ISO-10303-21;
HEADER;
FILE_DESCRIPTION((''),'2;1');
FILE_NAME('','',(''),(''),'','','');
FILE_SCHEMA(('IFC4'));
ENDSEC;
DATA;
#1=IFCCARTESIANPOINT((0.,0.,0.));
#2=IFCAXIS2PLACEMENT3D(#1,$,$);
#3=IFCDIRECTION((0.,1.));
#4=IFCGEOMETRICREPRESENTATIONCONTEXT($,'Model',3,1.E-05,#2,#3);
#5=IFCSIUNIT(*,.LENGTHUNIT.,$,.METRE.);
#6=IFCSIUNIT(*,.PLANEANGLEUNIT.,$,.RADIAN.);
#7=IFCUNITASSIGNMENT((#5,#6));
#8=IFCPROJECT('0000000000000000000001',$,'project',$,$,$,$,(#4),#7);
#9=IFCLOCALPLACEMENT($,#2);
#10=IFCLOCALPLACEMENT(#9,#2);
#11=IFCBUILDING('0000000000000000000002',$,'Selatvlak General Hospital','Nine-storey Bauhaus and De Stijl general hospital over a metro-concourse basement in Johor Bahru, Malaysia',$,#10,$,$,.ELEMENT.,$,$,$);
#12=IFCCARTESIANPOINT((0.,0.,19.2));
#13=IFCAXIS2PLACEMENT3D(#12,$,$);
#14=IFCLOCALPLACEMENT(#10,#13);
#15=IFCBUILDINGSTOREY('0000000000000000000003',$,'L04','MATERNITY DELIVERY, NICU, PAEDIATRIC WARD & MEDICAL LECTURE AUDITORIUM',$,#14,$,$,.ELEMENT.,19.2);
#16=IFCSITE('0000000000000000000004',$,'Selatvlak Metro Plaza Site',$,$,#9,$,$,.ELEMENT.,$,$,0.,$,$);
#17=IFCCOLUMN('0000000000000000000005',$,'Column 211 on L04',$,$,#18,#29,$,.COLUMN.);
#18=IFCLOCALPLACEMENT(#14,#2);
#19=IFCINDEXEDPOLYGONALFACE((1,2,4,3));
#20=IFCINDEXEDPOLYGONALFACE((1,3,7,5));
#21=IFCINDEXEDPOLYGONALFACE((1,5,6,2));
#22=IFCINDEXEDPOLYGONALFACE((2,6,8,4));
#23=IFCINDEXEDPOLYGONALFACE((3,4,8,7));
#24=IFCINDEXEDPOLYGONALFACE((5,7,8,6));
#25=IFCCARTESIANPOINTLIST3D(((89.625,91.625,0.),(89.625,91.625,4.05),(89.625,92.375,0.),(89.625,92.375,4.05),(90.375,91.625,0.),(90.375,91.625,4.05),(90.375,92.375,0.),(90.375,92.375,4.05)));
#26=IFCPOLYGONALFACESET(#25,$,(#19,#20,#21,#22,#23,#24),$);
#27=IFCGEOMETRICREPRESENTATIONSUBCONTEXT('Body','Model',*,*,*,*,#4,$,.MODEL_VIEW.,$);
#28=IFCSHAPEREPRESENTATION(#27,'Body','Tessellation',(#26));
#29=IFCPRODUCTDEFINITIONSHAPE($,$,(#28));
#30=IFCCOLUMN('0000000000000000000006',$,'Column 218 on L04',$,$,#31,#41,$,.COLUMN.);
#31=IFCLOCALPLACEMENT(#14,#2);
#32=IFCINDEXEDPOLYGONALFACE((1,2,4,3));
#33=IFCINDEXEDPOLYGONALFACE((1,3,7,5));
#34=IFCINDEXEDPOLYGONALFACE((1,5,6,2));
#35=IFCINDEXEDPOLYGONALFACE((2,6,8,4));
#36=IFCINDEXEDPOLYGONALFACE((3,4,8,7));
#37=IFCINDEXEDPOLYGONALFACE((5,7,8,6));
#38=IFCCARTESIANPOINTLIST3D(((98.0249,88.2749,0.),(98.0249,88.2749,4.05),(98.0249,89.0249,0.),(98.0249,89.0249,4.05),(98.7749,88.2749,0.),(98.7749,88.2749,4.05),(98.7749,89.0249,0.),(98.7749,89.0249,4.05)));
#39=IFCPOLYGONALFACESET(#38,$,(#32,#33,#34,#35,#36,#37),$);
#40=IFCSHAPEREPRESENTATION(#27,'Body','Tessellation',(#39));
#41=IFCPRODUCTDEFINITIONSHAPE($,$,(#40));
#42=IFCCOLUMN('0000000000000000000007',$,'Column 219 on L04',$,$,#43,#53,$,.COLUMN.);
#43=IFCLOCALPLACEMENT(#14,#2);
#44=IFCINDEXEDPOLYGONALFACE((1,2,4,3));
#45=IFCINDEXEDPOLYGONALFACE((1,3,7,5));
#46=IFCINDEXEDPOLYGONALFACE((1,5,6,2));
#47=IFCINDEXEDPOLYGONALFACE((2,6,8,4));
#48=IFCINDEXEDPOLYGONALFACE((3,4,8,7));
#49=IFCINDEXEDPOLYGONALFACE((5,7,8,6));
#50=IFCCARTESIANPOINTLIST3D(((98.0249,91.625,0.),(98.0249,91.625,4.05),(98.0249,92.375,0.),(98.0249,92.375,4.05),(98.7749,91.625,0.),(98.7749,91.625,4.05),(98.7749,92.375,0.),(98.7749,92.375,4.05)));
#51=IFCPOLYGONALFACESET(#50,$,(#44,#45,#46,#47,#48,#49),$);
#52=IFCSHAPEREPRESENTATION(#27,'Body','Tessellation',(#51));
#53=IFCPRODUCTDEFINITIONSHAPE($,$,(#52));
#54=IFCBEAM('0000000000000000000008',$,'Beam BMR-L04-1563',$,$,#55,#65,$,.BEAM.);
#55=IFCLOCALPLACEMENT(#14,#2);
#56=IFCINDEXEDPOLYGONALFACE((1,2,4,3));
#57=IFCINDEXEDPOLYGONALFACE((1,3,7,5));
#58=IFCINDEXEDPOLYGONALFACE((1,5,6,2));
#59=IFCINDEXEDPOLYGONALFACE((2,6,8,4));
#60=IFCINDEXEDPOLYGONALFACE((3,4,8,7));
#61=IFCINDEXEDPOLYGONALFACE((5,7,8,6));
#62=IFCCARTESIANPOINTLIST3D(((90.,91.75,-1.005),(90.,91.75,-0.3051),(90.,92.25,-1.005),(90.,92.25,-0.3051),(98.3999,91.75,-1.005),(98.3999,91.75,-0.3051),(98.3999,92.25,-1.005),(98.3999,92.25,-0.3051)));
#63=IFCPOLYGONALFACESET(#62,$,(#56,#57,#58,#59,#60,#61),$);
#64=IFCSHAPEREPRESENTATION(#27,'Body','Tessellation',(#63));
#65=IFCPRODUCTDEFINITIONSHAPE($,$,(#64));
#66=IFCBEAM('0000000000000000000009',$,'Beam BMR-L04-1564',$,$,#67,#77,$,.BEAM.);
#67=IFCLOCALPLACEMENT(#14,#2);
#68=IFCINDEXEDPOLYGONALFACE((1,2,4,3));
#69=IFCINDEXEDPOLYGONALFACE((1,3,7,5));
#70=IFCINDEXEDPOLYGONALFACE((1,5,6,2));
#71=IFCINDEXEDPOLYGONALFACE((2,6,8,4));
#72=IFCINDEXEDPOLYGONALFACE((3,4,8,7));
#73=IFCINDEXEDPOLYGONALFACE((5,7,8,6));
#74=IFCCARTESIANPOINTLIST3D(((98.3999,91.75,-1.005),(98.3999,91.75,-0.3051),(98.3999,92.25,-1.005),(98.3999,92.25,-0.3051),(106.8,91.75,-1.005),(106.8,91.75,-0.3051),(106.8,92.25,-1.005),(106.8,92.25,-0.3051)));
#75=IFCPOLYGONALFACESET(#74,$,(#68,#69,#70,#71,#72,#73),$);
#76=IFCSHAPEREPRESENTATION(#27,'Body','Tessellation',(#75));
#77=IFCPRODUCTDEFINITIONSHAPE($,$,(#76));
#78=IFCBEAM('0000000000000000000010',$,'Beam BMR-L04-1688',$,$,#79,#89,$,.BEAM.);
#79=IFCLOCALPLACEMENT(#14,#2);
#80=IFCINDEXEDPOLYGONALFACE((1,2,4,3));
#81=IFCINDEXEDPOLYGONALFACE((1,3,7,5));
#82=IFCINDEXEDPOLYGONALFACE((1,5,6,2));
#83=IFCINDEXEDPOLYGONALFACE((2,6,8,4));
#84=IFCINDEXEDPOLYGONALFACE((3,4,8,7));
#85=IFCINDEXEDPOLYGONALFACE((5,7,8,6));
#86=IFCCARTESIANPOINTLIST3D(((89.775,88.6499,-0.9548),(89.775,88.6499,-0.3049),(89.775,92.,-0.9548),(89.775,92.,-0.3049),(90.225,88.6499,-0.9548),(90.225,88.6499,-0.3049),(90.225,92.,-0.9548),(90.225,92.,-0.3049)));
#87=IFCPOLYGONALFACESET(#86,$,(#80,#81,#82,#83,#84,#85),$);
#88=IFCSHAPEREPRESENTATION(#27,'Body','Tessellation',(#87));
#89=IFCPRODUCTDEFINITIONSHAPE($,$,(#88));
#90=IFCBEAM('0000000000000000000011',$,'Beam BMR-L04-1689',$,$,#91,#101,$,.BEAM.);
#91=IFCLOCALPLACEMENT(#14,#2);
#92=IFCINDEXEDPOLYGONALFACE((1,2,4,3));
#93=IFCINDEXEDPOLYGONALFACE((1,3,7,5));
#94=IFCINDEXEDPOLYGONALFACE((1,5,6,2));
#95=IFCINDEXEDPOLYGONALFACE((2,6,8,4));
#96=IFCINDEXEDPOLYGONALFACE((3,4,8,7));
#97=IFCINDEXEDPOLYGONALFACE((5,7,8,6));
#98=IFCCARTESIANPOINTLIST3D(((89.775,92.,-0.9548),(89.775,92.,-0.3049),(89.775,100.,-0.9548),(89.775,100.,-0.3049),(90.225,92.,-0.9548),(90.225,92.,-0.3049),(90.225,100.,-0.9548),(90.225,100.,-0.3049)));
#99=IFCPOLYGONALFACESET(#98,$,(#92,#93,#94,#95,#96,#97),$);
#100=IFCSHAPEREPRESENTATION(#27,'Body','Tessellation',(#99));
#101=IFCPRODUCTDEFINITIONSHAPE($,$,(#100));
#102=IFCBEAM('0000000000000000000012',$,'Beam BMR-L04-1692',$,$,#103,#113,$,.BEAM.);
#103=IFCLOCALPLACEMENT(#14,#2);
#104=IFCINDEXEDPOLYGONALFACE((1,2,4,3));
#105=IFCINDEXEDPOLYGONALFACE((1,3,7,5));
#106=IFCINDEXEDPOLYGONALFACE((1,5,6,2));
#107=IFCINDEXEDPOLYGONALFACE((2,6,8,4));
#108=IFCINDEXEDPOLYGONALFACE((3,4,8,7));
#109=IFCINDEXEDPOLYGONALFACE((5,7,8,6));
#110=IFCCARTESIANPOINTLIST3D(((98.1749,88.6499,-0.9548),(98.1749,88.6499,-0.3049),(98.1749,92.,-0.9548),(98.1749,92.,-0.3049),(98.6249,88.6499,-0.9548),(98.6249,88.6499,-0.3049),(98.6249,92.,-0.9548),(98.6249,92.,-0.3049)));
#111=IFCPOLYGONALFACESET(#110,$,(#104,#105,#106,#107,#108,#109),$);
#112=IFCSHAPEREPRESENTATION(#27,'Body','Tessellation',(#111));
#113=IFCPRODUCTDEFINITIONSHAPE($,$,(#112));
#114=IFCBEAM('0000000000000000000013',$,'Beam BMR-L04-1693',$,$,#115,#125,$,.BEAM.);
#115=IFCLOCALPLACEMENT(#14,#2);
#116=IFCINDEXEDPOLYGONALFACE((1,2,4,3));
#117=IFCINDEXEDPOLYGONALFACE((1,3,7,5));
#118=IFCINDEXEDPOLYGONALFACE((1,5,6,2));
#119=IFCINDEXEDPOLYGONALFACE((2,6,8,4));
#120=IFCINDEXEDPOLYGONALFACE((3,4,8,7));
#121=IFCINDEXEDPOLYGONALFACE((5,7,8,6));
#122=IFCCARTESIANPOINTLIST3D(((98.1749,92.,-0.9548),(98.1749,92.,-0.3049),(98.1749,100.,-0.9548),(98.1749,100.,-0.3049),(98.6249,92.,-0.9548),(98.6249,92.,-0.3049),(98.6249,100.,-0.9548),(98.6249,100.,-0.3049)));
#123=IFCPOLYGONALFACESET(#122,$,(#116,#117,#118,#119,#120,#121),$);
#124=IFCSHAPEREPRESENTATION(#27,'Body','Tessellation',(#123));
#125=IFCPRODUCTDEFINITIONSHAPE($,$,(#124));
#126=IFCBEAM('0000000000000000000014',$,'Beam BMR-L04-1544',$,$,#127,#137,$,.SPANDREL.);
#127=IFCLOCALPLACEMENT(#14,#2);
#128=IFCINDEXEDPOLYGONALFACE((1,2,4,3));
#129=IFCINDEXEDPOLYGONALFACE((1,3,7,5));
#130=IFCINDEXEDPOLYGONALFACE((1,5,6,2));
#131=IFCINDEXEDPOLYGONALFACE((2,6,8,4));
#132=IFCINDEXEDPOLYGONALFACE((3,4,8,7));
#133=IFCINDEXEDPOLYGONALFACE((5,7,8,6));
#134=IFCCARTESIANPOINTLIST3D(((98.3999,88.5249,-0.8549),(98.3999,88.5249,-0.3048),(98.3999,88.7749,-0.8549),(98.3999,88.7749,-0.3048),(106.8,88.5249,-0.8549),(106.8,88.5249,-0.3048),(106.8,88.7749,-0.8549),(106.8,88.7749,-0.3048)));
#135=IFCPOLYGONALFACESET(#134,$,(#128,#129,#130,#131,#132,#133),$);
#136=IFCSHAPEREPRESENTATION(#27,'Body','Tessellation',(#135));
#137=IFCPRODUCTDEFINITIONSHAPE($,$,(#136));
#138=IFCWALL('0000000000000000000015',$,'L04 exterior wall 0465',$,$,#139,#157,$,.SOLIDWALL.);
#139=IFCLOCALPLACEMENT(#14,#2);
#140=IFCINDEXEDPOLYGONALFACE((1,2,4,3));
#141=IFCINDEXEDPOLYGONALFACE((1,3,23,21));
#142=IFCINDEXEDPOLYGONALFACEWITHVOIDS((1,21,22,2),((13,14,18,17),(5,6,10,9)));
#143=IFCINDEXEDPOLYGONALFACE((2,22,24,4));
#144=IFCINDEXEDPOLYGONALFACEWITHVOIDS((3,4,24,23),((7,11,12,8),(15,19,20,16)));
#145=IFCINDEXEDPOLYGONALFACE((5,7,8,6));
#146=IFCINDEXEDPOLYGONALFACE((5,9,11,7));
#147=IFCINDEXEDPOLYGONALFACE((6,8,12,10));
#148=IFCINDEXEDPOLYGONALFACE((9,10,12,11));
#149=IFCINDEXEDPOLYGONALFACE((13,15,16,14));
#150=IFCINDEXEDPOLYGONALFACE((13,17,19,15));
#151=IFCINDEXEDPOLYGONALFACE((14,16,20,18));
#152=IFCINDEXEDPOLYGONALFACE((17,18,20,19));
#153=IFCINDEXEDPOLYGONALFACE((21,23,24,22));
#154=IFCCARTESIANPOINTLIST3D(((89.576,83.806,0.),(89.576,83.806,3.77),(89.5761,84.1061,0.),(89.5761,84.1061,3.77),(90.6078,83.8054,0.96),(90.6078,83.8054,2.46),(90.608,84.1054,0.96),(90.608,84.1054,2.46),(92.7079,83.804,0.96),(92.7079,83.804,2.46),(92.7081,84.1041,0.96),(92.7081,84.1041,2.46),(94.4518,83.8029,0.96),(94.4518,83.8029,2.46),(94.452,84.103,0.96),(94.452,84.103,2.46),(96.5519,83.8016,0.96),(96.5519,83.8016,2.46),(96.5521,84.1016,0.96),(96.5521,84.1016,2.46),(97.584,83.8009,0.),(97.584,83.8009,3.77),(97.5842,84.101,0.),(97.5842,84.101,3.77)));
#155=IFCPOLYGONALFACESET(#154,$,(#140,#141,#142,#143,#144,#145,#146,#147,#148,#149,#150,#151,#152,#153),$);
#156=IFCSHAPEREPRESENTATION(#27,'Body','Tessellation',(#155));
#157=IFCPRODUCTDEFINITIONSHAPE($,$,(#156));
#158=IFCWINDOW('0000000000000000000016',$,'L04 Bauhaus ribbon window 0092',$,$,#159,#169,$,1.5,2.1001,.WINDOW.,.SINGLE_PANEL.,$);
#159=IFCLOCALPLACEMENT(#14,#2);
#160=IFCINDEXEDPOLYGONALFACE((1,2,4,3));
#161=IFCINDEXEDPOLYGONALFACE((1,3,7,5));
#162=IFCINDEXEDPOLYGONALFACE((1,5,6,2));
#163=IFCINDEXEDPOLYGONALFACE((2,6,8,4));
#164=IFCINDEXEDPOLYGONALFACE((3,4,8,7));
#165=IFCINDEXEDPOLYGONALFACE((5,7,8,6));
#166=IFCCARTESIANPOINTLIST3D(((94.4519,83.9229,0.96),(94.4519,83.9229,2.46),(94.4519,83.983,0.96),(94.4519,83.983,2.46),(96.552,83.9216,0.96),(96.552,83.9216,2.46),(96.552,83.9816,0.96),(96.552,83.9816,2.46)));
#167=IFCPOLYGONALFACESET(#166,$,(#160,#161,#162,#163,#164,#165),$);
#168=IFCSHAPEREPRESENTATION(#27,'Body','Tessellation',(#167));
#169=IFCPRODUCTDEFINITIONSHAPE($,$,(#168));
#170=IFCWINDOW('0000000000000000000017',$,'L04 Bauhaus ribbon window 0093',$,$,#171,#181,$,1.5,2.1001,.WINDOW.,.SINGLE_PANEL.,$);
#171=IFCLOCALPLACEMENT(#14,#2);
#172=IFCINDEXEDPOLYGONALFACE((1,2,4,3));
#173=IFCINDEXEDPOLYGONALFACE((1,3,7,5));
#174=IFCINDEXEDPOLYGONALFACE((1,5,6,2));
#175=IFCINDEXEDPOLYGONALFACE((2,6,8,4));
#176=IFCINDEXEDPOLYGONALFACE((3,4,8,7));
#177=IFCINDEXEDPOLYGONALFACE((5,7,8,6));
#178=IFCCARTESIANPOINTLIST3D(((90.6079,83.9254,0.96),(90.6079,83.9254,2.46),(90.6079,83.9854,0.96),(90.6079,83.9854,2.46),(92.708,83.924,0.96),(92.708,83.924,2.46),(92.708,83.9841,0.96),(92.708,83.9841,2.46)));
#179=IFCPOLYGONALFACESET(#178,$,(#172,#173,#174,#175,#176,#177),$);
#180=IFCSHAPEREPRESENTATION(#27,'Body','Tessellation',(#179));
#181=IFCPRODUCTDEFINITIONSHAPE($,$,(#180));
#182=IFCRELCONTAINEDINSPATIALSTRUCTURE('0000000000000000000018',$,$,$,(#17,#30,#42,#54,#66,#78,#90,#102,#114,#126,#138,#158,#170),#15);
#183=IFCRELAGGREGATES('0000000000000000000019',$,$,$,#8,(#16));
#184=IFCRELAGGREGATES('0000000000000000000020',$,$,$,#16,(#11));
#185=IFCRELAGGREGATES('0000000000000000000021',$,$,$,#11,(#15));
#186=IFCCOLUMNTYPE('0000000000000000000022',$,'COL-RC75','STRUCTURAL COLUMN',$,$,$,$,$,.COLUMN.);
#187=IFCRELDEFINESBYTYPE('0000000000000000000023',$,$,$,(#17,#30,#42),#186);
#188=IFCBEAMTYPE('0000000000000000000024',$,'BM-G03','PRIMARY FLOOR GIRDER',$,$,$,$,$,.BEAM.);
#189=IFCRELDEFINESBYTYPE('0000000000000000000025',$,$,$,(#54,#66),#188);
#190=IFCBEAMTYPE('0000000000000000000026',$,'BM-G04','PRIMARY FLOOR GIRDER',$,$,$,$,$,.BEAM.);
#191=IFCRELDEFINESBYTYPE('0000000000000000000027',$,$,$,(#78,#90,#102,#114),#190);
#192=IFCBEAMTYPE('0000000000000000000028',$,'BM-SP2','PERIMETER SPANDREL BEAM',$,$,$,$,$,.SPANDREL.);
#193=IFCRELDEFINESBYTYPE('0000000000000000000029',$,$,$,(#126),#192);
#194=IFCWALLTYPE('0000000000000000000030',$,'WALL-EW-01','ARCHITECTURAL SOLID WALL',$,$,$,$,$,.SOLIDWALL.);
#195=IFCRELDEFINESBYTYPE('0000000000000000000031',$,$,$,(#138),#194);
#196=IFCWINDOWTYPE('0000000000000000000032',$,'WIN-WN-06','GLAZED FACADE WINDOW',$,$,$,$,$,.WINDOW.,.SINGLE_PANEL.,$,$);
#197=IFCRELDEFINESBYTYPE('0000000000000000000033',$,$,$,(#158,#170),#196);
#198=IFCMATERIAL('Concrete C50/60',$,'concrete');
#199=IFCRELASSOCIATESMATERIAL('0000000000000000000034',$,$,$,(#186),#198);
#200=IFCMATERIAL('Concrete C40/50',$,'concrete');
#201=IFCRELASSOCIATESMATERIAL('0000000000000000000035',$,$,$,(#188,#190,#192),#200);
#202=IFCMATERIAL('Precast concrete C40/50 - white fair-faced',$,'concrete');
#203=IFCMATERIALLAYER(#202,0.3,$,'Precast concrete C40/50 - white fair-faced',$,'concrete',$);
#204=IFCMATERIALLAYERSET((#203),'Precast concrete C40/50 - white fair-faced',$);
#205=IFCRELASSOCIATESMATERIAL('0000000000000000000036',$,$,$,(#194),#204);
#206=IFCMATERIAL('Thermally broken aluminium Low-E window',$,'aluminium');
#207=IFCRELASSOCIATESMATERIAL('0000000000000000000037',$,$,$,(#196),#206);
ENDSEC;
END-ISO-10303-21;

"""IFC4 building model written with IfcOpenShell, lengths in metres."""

from ifc_helpers import new_model, si_unit, direction, frame, frame_2d, origin, origin_2d, place, context, subcontext, project, spatial, rectangle, extrude, material, layer, layer_set, material_profile, profile_set, type_object, element, fill, save


model = new_model("IFC4")

# Units and contexts
model_context = context("Model", 3, precision=1e-05, world=origin(), true_north=direction((0.0, 1.0)))
body_context = subcontext(model_context, "Body", "Model", "MODEL_VIEW")
ifc_project = project(units=[si_unit("LENGTHUNIT", "METRE"), si_unit("PLANEANGLEUNIT", "RADIAN")], contexts=[model_context])

# Site, building, storey
site_placement = place(None, origin())
site = spatial("IfcSite", under=ifc_project, at=site_placement, Name="Selatvlak Metro Plaza Site", CompositionType="ELEMENT", RefElevation=0.0)
building_placement = place(site_placement, origin())
building = spatial("IfcBuilding", under=site, at=building_placement, Name="Selatvlak General Hospital", Description="Nine-storey Bauhaus and De Stijl general hospital over a metro-concourse basement in Johor Bahru, Malaysia", CompositionType="ELEMENT")
storey_placement = place(building_placement, frame((0.0, 0.0, 19.2)))
storey = spatial("IfcBuildingStorey", under=building, at=storey_placement, Name="L04", Description="MATERNITY DELIVERY, NICU, PAEDIATRIC WARD & MEDICAL LECTURE AUDITORIUM", CompositionType="ELEMENT", Elevation=19.2)

# Columns
ifc_material_1 = material(Name="Concrete C50/60", Category="concrete")
ifc_material_profile_1 = material_profile(ifc_material_1, rectangle(XDim=0.75, YDim=0.75, at=origin_2d()), Name="RC-COL 750x750")
ifc_profile_set_1 = profile_set([ifc_material_profile_1], Name="Concrete C50/60")
column_type = type_object("IfcColumnType", Name="COL-RC75", Description="STRUCTURAL COLUMN", PredefinedType="COLUMN", material=ifc_profile_set_1)
for number, where, z_axis, x_axis, name in (
    (1, (90.0, 92.0, 0.0), (0.0, 0.0, 1.0), (1.0, 0.0, 0.0), "Column 211 on L04"),
    (2, (98.3999, 88.6499, 0.0), (0.0, 0.0, 1.0), (1.0, 0.0, 0.0), "Column 218 on L04"),
    (3, (98.3999, 92.0, 0.0), (0.0, 0.0, 1.0), (1.0, 0.0, 0.0), "Column 219 on L04"),
):
    element("IfcColumn", number, at=place(storey_placement, frame(where, z_axis=z_axis, x_axis=x_axis)), inside=storey, type_object=column_type, Name=name, PredefinedType="COLUMN", context=body_context, shape_type="SweptSolid", body=[
        extrude(rectangle(XDim=0.75, YDim=0.75, at=origin_2d()), origin(), (0.0, 0.0, 1.0), 4.05),
    ])

# Beams
ifc_material_2 = material(Name="Concrete C40/50", Category="concrete")
ifc_material_profile_2 = material_profile(ifc_material_2, rectangle(XDim=0.5, YDim=0.7, at=origin_2d()), Name="RC-BM 500x700")
ifc_profile_set_2 = profile_set([ifc_material_profile_2], Name="Concrete C40/50")
beam_type_1 = type_object("IfcBeamType", Name="BM-G03", Description="PRIMARY FLOOR GIRDER", PredefinedType="BEAM", material=ifc_profile_set_2)
beam_1_placement = place(storey_placement, frame((90.0, 92.0, -0.655), z_axis=(1.0, 0.0, 0.0), x_axis=(0.0, 1.0, 0.0)))
element("IfcBeam", 4, at=beam_1_placement, inside=storey, type_object=beam_type_1, Name="Beam BMR-L04-1563", PredefinedType="BEAM", context=body_context, shape_type="SweptSolid", body=[
    extrude(rectangle(XDim=0.5, YDim=0.7, at=origin_2d()), origin(), (0.0, 0.0, 1.0), 8.3999),
])
beam_2_placement = place(storey_placement, frame((98.3999, 92.0, -0.655), z_axis=(1.0, 0.0, 0.0), x_axis=(0.0, 1.0, 0.0)))
element("IfcBeam", 5, at=beam_2_placement, inside=storey, type_object=beam_type_1, Name="Beam BMR-L04-1564", PredefinedType="BEAM", context=body_context, shape_type="SweptSolid", body=[
    extrude(rectangle(XDim=0.5, YDim=0.7, at=origin_2d()), origin(), (0.0, 0.0, 1.0), 8.4001),
])
ifc_material_profile_3 = material_profile(ifc_material_2, rectangle(XDim=0.45, YDim=0.6499, at=origin_2d()), Name="RC-BM 450x650")
ifc_profile_set_3 = profile_set([ifc_material_profile_3], Name="Concrete C40/50")
beam_type_2 = type_object("IfcBeamType", Name="BM-G04", Description="PRIMARY FLOOR GIRDER", PredefinedType="BEAM", material=ifc_profile_set_3)
beam_3_placement = place(storey_placement, frame((90.0, 88.6499, -0.6299), z_axis=(0.0, 1.0, 0.0), x_axis=(-1.0, 0.0, 0.0)))
element("IfcBeam", 6, at=beam_3_placement, inside=storey, type_object=beam_type_2, Name="Beam BMR-L04-1688", PredefinedType="BEAM", context=body_context, shape_type="SweptSolid", body=[
    extrude(rectangle(XDim=0.45, YDim=0.6499, at=origin_2d()), origin(), (0.0, 0.0, 1.0), 3.3501),
])
beam_4_placement = place(storey_placement, frame((90.0, 92.0, -0.6299), z_axis=(0.0, 1.0, 0.0), x_axis=(-1.0, 0.0, 0.0)))
element("IfcBeam", 7, at=beam_4_placement, inside=storey, type_object=beam_type_2, Name="Beam BMR-L04-1689", PredefinedType="BEAM", context=body_context, shape_type="SweptSolid", body=[
    extrude(rectangle(XDim=0.45, YDim=0.6499, at=origin_2d()), origin(), (0.0, 0.0, 1.0), 8.0),
])
beam_5_placement = place(storey_placement, frame((98.3999, 88.6499, -0.6299), z_axis=(0.0, 1.0, 0.0), x_axis=(-1.0, 0.0, 0.0)))
element("IfcBeam", 8, at=beam_5_placement, inside=storey, type_object=beam_type_2, Name="Beam BMR-L04-1692", PredefinedType="BEAM", context=body_context, shape_type="SweptSolid", body=[
    extrude(rectangle(XDim=0.45, YDim=0.6499, at=origin_2d()), origin(), (0.0, 0.0, 1.0), 3.3501),
])
beam_6_placement = place(storey_placement, frame((98.3999, 92.0, -0.6299), z_axis=(0.0, 1.0, 0.0), x_axis=(-1.0, 0.0, 0.0)))
element("IfcBeam", 9, at=beam_6_placement, inside=storey, type_object=beam_type_2, Name="Beam BMR-L04-1693", PredefinedType="BEAM", context=body_context, shape_type="SweptSolid", body=[
    extrude(rectangle(XDim=0.45, YDim=0.6499, at=origin_2d()), origin(), (0.0, 0.0, 1.0), 8.0),
])
ifc_material_profile_4 = material_profile(ifc_material_2, rectangle(XDim=0.25, YDim=0.55, at=origin_2d()), Name="RC-SP 250x550")
ifc_profile_set_4 = profile_set([ifc_material_profile_4], Name="Concrete C40/50")
beam_type_3 = type_object("IfcBeamType", Name="BM-SP2", Description="PERIMETER SPANDREL BEAM", PredefinedType="SPANDREL", material=ifc_profile_set_4)
beam_7_placement = place(storey_placement, frame((98.3999, 88.6499, -0.5798), z_axis=(1.0, 0.0, 0.0), x_axis=(0.0, 1.0, 0.0)))
element("IfcBeam", 10, at=beam_7_placement, inside=storey, type_object=beam_type_3, Name="Beam BMR-L04-1544", PredefinedType="SPANDREL", context=body_context, shape_type="SweptSolid", body=[
    extrude(rectangle(XDim=0.25, YDim=0.55, at=origin_2d()), origin(), (0.0, 0.0, 1.0), 8.4001),
])

# Wall, openings, windows
ifc_material_3 = material(Name="Precast concrete C40/50 - white fair-faced", Category="concrete")
ifc_layer_1 = layer(ifc_material_3, 0.3, Name="Precast concrete C40/50 - white fair-faced", Category="concrete")
ifc_layer_set_1 = layer_set([ifc_layer_1], Name="Precast concrete C40/50 - white fair-faced")
wall_type_1 = type_object("IfcWallType", Name="WALL-EW-01", Description="ARCHITECTURAL SOLID WALL", PredefinedType="SOLIDWALL", material=ifc_layer_set_1)
wall_1_placement = place(storey_placement, frame((97.584, 83.9509, 0.0), z_axis=(0.0, 0.0, 1.0), x_axis=(-1.0, 0.00064, 0.0)))
wall_1 = element("IfcWall", 11, at=wall_1_placement, inside=storey, type_object=wall_type_1, Name="L04 exterior wall 0465", PredefinedType="SOLIDWALL", context=body_context, shape_type="SweptSolid", body=[
    extrude(rectangle(XDim=8.0081, YDim=0.3, at=frame_2d((4.0039, 0.0))), origin(), (0.0, 0.0, 1.0), 3.77),
])
opening_1_placement = place(wall_1_placement, frame((1.032, 0.0, 0.96)))
opening_1 = element("IfcOpeningElement", 12, at=opening_1_placement, cuts=wall_1, PredefinedType="OPENING", context=body_context, shape_type="SweptSolid", body=[
    extrude(rectangle(XDim=2.1001, YDim=1.5, at=frame_2d((1.05, 0.75))), frame((0.0, 0.1599, 0.0), z_axis=(0.0, -1.0, 0.0), x_axis=(1.0, 0.0, 0.0)), (0.0, 0.0, 1.0), 0.3201),
])
opening_2_placement = place(wall_1_placement, frame((4.876, 0.0, 0.96)))
opening_2 = element("IfcOpeningElement", 13, at=opening_2_placement, cuts=wall_1, PredefinedType="OPENING", context=body_context, shape_type="SweptSolid", body=[
    extrude(rectangle(XDim=2.1001, YDim=1.5, at=frame_2d((1.05, 0.75))), frame((0.0, 0.1599, 0.0), z_axis=(0.0, -1.0, 0.0), x_axis=(1.0, 0.0, 0.0)), (0.0, 0.0, 1.0), 0.3201),
])
ifc_material_4 = material(Name="Thermally broken aluminium Low-E window", Category="aluminium")
window_type = type_object("IfcWindowType", Name="WIN-WN-06", Description="GLAZED FACADE WINDOW", PartitioningType="SINGLE_PANEL", PredefinedType="WINDOW", material=ifc_material_4)
window_1_placement = place(opening_1_placement, origin())
window_1 = element("IfcWindow", 14, at=window_1_placement, inside=storey, type_object=window_type, Name="L04 Bauhaus ribbon window 0092", OverallHeight=1.5, OverallWidth=2.1001, PartitioningType="SINGLE_PANEL", PredefinedType="WINDOW", context=body_context, shape_type="SweptSolid", body=[
    extrude(rectangle(XDim=2.1001, YDim=1.5, at=frame_2d((1.05, 0.75))), frame((0.0, 0.03, 0.0), z_axis=(0.0, -1.0, 0.0), x_axis=(1.0, 0.0, 0.0)), (0.0, 0.0, 1.0), 0.0601),
])
fill(opening_1, window_1)
window_2_placement = place(opening_2_placement, origin())
window_2 = element("IfcWindow", 15, at=window_2_placement, inside=storey, type_object=window_type, Name="L04 Bauhaus ribbon window 0093", OverallHeight=1.5, OverallWidth=2.1001, PartitioningType="SINGLE_PANEL", PredefinedType="WINDOW", context=body_context, shape_type="SweptSolid", body=[
    extrude(rectangle(XDim=2.1001, YDim=1.5, at=frame_2d((1.05, 0.75))), frame((0.0, 0.03, 0.0), z_axis=(0.0, -1.0, 0.0), x_axis=(1.0, 0.0, 0.0)), (0.0, 0.0, 1.0), 0.0601),
])
fill(opening_2, window_2)

save(model, "model.ifc")
